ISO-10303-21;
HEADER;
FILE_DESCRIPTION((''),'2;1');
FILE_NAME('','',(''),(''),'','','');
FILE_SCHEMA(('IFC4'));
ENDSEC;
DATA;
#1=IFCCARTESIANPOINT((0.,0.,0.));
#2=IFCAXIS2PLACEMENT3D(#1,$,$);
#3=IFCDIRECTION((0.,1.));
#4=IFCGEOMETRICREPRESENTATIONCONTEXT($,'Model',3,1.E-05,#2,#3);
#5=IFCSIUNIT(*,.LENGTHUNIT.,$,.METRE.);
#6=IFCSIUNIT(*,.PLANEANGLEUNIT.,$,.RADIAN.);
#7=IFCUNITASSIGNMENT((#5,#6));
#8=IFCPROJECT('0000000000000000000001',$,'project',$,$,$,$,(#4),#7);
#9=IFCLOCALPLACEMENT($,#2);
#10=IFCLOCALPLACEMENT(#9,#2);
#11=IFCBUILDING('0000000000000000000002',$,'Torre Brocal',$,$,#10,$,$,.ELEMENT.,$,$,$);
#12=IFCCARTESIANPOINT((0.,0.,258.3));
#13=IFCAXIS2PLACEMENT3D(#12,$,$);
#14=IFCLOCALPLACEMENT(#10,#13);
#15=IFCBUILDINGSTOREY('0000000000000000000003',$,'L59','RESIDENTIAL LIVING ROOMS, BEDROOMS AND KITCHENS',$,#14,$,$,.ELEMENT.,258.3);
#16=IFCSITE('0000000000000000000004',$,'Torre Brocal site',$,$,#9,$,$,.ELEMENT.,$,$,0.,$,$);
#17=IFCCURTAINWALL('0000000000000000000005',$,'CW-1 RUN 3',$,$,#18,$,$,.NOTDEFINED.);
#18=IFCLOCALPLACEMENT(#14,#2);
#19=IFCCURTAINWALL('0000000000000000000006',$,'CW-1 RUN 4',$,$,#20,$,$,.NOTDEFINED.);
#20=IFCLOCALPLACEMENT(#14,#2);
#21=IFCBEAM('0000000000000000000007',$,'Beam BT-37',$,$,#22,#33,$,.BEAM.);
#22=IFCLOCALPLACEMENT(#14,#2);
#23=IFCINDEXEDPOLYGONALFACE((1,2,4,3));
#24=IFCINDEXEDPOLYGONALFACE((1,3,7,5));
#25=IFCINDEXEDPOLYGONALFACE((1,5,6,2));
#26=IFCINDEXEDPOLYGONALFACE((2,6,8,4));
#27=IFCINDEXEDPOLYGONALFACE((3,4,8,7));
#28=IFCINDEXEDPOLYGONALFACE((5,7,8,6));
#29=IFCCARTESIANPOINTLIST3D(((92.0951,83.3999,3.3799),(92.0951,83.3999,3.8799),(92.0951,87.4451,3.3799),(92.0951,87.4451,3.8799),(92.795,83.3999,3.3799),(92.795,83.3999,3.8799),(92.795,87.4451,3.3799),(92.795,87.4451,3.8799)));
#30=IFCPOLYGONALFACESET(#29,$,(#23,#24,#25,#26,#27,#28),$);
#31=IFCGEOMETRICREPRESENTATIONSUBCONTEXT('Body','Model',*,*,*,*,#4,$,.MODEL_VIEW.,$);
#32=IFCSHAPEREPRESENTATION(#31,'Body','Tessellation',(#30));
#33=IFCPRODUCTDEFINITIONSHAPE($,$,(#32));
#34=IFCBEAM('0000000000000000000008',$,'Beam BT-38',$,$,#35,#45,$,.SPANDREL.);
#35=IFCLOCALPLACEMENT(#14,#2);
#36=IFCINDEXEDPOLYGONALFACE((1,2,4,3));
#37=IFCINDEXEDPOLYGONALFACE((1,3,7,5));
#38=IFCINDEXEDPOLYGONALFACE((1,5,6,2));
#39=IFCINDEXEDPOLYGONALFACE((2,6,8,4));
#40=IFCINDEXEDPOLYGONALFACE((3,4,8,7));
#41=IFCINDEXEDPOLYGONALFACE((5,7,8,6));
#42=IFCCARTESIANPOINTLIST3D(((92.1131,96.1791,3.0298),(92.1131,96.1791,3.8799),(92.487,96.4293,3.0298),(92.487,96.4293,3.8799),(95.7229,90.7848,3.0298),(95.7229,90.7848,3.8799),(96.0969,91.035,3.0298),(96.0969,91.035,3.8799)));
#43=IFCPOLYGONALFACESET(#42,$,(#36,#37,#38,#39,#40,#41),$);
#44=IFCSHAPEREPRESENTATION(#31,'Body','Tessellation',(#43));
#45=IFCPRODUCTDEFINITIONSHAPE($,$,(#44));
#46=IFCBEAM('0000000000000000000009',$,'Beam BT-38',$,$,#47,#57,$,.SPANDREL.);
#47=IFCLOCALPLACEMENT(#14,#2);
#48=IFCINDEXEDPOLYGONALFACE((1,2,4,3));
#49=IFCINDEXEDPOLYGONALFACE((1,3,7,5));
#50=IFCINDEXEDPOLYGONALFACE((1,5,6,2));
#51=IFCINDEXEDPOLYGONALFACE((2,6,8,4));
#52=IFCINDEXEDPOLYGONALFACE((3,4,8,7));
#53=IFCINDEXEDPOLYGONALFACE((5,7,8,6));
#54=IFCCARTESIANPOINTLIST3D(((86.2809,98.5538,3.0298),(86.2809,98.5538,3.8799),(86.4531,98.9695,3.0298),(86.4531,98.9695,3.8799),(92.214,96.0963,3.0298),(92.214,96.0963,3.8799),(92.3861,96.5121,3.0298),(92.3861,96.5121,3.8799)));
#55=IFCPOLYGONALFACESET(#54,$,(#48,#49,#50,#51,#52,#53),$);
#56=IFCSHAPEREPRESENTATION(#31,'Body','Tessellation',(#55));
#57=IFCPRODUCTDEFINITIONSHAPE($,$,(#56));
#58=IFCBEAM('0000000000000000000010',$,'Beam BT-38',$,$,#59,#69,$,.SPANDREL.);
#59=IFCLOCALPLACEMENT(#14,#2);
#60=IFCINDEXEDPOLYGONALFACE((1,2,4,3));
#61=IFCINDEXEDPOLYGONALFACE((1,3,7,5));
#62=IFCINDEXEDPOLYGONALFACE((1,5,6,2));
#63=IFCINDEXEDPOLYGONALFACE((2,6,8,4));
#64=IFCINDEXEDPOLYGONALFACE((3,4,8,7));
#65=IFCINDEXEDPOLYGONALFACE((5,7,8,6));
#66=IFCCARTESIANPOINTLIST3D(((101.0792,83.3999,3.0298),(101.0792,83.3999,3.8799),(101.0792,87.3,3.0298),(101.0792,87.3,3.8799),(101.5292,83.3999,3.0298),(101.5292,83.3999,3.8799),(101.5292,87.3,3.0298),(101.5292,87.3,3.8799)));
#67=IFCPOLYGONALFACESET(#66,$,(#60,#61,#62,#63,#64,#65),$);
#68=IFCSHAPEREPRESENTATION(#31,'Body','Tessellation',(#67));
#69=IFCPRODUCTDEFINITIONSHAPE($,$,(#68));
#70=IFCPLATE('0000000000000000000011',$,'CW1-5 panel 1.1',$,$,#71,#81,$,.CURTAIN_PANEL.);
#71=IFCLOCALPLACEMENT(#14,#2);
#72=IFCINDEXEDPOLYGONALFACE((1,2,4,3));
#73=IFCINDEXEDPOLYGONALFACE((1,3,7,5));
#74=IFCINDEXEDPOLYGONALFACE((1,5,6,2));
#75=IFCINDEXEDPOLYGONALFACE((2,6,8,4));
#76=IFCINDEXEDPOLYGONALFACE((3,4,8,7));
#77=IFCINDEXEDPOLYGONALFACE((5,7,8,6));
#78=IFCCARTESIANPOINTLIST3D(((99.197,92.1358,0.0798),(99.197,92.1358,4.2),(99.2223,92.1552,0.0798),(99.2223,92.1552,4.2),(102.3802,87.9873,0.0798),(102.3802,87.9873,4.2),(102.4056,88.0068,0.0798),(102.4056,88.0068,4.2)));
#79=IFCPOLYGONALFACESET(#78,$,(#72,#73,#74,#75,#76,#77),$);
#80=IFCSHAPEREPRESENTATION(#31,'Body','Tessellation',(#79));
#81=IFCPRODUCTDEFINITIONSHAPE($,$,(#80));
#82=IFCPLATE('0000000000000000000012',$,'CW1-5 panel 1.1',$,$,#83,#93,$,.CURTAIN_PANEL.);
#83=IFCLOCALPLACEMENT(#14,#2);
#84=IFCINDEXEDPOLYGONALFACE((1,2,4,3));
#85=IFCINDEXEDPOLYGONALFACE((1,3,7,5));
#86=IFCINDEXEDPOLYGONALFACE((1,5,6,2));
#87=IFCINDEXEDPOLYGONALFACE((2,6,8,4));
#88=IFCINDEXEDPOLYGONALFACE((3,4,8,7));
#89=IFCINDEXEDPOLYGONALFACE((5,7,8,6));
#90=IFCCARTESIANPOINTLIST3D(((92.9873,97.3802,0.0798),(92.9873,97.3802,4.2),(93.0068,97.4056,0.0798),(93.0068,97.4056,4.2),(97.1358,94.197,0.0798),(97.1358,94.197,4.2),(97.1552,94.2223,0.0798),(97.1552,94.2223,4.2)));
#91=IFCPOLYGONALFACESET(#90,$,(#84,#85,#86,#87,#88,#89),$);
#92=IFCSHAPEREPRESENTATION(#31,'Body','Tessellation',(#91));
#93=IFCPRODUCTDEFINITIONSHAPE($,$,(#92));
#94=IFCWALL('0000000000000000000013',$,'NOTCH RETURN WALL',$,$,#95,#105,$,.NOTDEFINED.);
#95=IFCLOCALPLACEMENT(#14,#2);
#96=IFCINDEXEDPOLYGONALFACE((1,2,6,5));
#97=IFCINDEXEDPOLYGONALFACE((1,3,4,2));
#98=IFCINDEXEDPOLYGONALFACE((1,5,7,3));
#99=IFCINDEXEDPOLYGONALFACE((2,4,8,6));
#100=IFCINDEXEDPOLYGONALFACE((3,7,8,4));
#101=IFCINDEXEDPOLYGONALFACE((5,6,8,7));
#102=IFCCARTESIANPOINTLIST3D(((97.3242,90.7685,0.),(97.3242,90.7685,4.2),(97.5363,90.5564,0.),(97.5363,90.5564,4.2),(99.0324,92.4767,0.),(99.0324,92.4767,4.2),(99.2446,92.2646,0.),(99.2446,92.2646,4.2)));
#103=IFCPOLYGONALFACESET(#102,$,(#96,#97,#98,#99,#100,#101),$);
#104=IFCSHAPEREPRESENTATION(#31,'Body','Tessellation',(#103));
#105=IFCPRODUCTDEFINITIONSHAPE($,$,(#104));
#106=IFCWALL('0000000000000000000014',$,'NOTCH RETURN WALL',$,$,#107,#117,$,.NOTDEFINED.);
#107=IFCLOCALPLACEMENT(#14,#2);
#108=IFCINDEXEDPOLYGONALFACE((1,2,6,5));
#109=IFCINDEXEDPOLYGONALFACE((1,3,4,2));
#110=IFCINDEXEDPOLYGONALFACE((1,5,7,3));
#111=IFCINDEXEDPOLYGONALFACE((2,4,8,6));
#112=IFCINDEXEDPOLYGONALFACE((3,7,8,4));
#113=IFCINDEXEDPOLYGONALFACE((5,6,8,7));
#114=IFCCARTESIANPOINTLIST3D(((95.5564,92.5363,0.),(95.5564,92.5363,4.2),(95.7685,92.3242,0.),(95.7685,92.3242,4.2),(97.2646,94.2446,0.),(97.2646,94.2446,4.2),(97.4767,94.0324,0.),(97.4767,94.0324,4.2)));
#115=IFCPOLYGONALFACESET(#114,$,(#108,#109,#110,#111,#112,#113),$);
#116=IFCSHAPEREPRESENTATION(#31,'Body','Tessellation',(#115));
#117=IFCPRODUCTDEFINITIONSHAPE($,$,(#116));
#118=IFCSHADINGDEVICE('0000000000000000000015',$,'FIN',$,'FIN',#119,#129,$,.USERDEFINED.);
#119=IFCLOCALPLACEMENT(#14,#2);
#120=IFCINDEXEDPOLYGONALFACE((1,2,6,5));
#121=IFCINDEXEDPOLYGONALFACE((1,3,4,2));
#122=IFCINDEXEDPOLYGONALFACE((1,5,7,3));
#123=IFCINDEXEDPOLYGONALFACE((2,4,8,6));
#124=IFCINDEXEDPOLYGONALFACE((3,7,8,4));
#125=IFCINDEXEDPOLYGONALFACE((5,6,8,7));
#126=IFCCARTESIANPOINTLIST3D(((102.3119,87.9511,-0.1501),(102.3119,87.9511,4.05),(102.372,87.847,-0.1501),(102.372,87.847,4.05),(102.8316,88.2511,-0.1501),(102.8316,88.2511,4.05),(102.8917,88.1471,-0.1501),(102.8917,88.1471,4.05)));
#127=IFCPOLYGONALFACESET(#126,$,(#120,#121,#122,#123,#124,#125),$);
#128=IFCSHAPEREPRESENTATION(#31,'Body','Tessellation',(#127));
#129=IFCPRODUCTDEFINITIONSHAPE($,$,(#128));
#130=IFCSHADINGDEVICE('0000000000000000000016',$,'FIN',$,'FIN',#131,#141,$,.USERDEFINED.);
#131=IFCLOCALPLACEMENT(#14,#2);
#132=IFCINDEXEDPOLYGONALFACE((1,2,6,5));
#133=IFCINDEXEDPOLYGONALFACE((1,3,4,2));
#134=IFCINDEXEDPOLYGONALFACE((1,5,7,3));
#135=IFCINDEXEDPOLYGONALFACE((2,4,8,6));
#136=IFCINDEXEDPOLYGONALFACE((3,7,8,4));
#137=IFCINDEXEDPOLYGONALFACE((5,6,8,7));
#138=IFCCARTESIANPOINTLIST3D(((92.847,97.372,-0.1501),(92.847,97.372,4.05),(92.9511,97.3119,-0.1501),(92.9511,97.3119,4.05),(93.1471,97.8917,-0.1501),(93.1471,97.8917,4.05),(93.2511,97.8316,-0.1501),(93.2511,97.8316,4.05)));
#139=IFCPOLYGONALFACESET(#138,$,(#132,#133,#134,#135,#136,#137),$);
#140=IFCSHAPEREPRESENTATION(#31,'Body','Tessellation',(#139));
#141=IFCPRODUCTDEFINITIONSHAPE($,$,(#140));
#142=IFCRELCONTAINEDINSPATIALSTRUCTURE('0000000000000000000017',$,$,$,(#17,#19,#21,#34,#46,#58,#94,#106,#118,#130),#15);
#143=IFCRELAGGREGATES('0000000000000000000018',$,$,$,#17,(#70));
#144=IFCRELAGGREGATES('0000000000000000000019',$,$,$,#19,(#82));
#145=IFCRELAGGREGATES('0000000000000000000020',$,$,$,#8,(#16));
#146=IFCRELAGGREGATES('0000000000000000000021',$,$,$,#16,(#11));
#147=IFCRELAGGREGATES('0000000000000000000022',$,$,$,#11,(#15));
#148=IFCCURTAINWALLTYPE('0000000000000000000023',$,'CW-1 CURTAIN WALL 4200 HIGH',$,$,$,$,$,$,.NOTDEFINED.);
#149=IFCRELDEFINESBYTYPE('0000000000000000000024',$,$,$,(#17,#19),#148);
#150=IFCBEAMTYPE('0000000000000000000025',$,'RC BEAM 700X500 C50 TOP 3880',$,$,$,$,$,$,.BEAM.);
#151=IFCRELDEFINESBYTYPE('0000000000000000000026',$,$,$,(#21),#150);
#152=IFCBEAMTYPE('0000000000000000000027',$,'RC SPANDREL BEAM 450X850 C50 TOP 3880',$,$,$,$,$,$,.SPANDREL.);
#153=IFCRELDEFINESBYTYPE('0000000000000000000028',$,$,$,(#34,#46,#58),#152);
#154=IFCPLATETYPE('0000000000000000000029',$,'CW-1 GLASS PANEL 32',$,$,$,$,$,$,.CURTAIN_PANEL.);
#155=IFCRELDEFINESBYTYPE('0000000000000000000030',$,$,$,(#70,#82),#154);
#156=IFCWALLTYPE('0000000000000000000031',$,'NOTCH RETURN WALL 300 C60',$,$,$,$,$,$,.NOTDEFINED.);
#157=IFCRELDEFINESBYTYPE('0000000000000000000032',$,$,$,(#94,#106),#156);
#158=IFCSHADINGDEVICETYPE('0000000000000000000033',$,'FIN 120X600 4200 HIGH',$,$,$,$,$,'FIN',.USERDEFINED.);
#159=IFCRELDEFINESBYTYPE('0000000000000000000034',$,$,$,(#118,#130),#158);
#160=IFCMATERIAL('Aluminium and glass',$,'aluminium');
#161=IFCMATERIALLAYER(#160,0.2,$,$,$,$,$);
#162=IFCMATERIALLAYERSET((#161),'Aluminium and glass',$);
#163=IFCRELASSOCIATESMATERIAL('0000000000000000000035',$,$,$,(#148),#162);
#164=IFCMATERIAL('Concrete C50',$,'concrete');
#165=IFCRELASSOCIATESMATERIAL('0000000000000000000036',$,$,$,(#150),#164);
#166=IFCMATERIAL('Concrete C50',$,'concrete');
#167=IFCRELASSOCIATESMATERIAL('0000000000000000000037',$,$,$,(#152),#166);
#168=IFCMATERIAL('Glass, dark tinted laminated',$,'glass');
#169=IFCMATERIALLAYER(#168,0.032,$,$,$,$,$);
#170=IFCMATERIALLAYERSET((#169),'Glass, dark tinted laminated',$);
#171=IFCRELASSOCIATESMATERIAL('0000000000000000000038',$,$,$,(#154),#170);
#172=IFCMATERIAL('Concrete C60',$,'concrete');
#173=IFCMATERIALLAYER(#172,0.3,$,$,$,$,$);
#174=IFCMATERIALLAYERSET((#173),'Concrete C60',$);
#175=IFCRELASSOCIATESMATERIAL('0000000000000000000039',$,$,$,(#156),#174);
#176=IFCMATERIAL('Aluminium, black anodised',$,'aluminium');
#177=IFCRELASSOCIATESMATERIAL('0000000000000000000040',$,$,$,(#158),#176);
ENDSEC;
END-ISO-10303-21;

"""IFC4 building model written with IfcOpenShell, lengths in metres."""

from ifc_helpers import new_model, si_unit, direction, frame, frame_2d, origin, origin_2d, place, context, subcontext, project, spatial, rectangle, extrude, material, layer, layer_set, material_profile, profile_set, type_object, element, aggregate, save


model = new_model("IFC4")

# Units and contexts
model_context = context("Model", 3, precision=1e-05, world=origin(), true_north=direction((0.0, 1.0)))
body_context = subcontext(model_context, "Body", "Model", "MODEL_VIEW")
ifc_project = project(units=[si_unit("LENGTHUNIT", "METRE"), si_unit("PLANEANGLEUNIT", "RADIAN")], contexts=[model_context])

# Site, building, storey
site_placement = place(None, origin())
site = spatial("IfcSite", under=ifc_project, at=site_placement, Name="Torre Brocal site", CompositionType="ELEMENT", RefElevation=0.0)
building_placement = place(site_placement, origin())
building = spatial("IfcBuilding", under=site, at=building_placement, Name="Torre Brocal", CompositionType="ELEMENT")
storey_placement = place(building_placement, frame((0.0, 0.0, 258.3)))
storey = spatial("IfcBuildingStorey", under=building, at=storey_placement, Name="L59", Description="RESIDENTIAL LIVING ROOMS, BEDROOMS AND KITCHENS", CompositionType="ELEMENT", Elevation=258.3)

# Shared definitions
ifc_material_1 = material(Name="Aluminium and glass", Category="aluminium")
ifc_layer_1 = layer(ifc_material_1, 0.2)
ifc_layer_set_1 = layer_set([ifc_layer_1], Name="Aluminium and glass")
curtain_wall_type = type_object("IfcCurtainWallType", Name="CW-1 CURTAIN WALL 4200 HIGH", PredefinedType="NOTDEFINED", material=ifc_layer_set_1)

# Curtain walls
curtain_wall_1_placement = place(storey_placement, origin())
curtain_wall_1 = element("IfcCurtainWall", 1, at=curtain_wall_1_placement, inside=storey, type_object=curtain_wall_type, Name="CW-1 RUN 3", PredefinedType="NOTDEFINED")
curtain_wall_2_placement = place(storey_placement, origin())
curtain_wall_2 = element("IfcCurtainWall", 2, at=curtain_wall_2_placement, inside=storey, type_object=curtain_wall_type, Name="CW-1 RUN 4", PredefinedType="NOTDEFINED")

# Beams
ifc_material_2 = material(Name="Concrete C50", Category="concrete")
ifc_material_profile_1 = material_profile(ifc_material_2, rectangle(XDim=0.7, YDim=0.5, at=origin_2d()), Name="RC 700X500")
ifc_profile_set_1 = profile_set([ifc_material_profile_1], Name="Concrete C50")
beam_type_1 = type_object("IfcBeamType", Name="RC BEAM 700X500 C50 TOP 3880", PredefinedType="BEAM", material=ifc_profile_set_1)
beam_1_placement = place(storey_placement, frame((92.4451, 87.4451, 3.6299), z_axis=(0.0, -1.0, 0.0), x_axis=(1.0, 0.0, 0.0)))
element("IfcBeam", 3, at=beam_1_placement, inside=storey, type_object=beam_type_1, Name="Beam BT-37", PredefinedType="BEAM", context=body_context, shape_type="SweptSolid", body=[
    extrude(rectangle(XDim=0.7, YDim=0.5, at=origin_2d()), origin(), (0.0, 0.0, 1.0), 4.0452),
])
ifc_material_3 = material(Name="Concrete C50", Category="concrete")
ifc_material_profile_2 = material_profile(ifc_material_3, rectangle(XDim=0.45, YDim=0.8501, at=origin_2d()), Name="RC 450X850")
ifc_profile_set_2 = profile_set([ifc_material_profile_2], Name="Concrete C50")
beam_type_2 = type_object("IfcBeamType", Name="RC SPANDREL BEAM 450X850 C50 TOP 3880", PredefinedType="SPANDREL", material=ifc_profile_set_2)
beam_2_placement = place(storey_placement, frame((95.9099, 90.9099, 3.4548), z_axis=(-0.556158, 0.831077, 0.0), x_axis=(-0.831077, -0.556158, 0.0)))
element("IfcBeam", 4, at=beam_2_placement, inside=storey, type_object=beam_type_2, Name="Beam BT-38", PredefinedType="SPANDREL", context=body_context, shape_type="SweptSolid", body=[
    extrude(rectangle(XDim=0.45, YDim=0.8501, at=origin_2d()), origin(), (0.0, 0.0, 1.0), 6.4907),
])
beam_3_placement = place(storey_placement, frame((92.3, 96.3042, 3.4548), z_axis=(-0.923882, 0.382676, 0.0), x_axis=(-0.382676, -0.923882, 0.0)))
element("IfcBeam", 5, at=beam_3_placement, inside=storey, type_object=beam_type_2, Name="Beam BT-38", PredefinedType="SPANDREL", context=body_context, shape_type="SweptSolid", body=[
    extrude(rectangle(XDim=0.45, YDim=0.8501, at=origin_2d()), origin(), (0.0, 0.0, 1.0), 6.4219),
])
beam_4_placement = place(storey_placement, frame((101.3042, 87.3, 3.4548), z_axis=(0.0, -1.0, 0.0), x_axis=(1.0, 0.0, 0.0)))
element("IfcBeam", 6, at=beam_4_placement, inside=storey, type_object=beam_type_2, Name="Beam BT-38", PredefinedType="SPANDREL", context=body_context, shape_type="SweptSolid", body=[
    extrude(rectangle(XDim=0.45, YDim=0.8501, at=origin_2d()), origin(), (0.0, 0.0, 1.0), 3.9001),
])

# Plates
ifc_material_4 = material(Name="Glass, dark tinted laminated", Category="glass")
ifc_layer_2 = layer(ifc_material_4, 0.032)
ifc_layer_set_2 = layer_set([ifc_layer_2], Name="Glass, dark tinted laminated")
plate_type = type_object("IfcPlateType", Name="CW-1 GLASS PANEL 32", PredefinedType="CURTAIN_PANEL", material=ifc_layer_set_2)
plate_1_placement = place(storey_placement, frame((100.8013, 90.0713, 0.0798), z_axis=(0.0, 0.0, 1.0), x_axis=(-0.608761, 0.793353, 0.0)))
plate_1 = element("IfcPlate", 7, at=plate_1_placement, type_object=plate_type, Name="CW1-5 panel 1.1", PredefinedType="CURTAIN_PANEL", context=body_context, shape_type="SweptSolid", body=[
    extrude(rectangle(XDim=5.229, YDim=0.032, at=origin_2d()), origin(), (0.0, 0.0, 1.0), 4.1201),
])
aggregate(curtain_wall_1, [plate_1])
plate_2_placement = place(storey_placement, frame((95.0713, 95.8013, 0.0798), z_axis=(0.0, 0.0, 1.0), x_axis=(-0.793353, 0.608761, 0.0)))
plate_2 = element("IfcPlate", 8, at=plate_2_placement, type_object=plate_type, Name="CW1-5 panel 1.1", PredefinedType="CURTAIN_PANEL", context=body_context, shape_type="SweptSolid", body=[
    extrude(rectangle(XDim=5.229, YDim=0.032, at=origin_2d()), origin(), (0.0, 0.0, 1.0), 4.1201),
])
aggregate(curtain_wall_2, [plate_2])

# Walls
ifc_material_5 = material(Name="Concrete C60", Category="concrete")
ifc_layer_3 = layer(ifc_material_5, 0.3)
ifc_layer_set_3 = layer_set([ifc_layer_3], Name="Concrete C60")
wall_type = type_object("IfcWallType", Name="NOTCH RETURN WALL 300 C60", PredefinedType="NOTDEFINED", material=ifc_layer_set_3)
for number, where, z_axis, x_axis, name in (
    (9, (97.4302, 90.6624, 0.0), (0.0, 0.0, 1.0), (0.707107, 0.707107, 0.0), "NOTCH RETURN WALL"),
    (10, (95.6624, 92.4302, 0.0), (0.0, 0.0, 1.0), (0.707107, 0.707107, 0.0), "NOTCH RETURN WALL"),
):
    element("IfcWall", number, at=place(storey_placement, frame(where, z_axis=z_axis, x_axis=x_axis)), inside=storey, type_object=wall_type, Name=name, PredefinedType="NOTDEFINED", context=body_context, shape_type="SweptSolid", body=[
        extrude(rectangle(XDim=2.4158, YDim=0.3, at=frame_2d((1.208, 0.0))), origin(), (0.0, 0.0, 1.0), 4.2),
    ])

# Shading devices
ifc_material_6 = material(Name="Aluminium, black anodised", Category="aluminium")
ifc_material_profile_3 = material_profile(ifc_material_6, rectangle(XDim=0.1201, YDim=0.6001, at=origin_2d()), Name="FIN 120X600 4200 HIGH")
ifc_profile_set_3 = profile_set([ifc_material_profile_3], Name="Aluminium, black anodised")
shading_device_type = type_object("IfcShadingDeviceType", Name="FIN 120X600 4200 HIGH", ElementType="FIN", PredefinedType="USERDEFINED", material=ifc_profile_set_3)
for number, where, z_axis, x_axis, name in (
    (11, (102.6018, 88.0491, -0.1501), (0.0, 0.0, 1.0), (-0.5, 0.866025, 0.0), "FIN"),
    (12, (93.0491, 97.6018, -0.1501), (0.0, 0.0, 1.0), (-0.866025, 0.5, 0.0), "FIN"),
):
    element("IfcShadingDevice", number, at=place(storey_placement, frame(where, z_axis=z_axis, x_axis=x_axis)), inside=storey, type_object=shading_device_type, Name=name, ObjectType="FIN", PredefinedType="USERDEFINED", context=body_context, shape_type="SweptSolid", body=[
        extrude(rectangle(XDim=0.1201, YDim=0.6001, at=origin_2d()), origin(), (0.0, 0.0, 1.0), 4.2002),
    ])

save(model, "model.ifc")
